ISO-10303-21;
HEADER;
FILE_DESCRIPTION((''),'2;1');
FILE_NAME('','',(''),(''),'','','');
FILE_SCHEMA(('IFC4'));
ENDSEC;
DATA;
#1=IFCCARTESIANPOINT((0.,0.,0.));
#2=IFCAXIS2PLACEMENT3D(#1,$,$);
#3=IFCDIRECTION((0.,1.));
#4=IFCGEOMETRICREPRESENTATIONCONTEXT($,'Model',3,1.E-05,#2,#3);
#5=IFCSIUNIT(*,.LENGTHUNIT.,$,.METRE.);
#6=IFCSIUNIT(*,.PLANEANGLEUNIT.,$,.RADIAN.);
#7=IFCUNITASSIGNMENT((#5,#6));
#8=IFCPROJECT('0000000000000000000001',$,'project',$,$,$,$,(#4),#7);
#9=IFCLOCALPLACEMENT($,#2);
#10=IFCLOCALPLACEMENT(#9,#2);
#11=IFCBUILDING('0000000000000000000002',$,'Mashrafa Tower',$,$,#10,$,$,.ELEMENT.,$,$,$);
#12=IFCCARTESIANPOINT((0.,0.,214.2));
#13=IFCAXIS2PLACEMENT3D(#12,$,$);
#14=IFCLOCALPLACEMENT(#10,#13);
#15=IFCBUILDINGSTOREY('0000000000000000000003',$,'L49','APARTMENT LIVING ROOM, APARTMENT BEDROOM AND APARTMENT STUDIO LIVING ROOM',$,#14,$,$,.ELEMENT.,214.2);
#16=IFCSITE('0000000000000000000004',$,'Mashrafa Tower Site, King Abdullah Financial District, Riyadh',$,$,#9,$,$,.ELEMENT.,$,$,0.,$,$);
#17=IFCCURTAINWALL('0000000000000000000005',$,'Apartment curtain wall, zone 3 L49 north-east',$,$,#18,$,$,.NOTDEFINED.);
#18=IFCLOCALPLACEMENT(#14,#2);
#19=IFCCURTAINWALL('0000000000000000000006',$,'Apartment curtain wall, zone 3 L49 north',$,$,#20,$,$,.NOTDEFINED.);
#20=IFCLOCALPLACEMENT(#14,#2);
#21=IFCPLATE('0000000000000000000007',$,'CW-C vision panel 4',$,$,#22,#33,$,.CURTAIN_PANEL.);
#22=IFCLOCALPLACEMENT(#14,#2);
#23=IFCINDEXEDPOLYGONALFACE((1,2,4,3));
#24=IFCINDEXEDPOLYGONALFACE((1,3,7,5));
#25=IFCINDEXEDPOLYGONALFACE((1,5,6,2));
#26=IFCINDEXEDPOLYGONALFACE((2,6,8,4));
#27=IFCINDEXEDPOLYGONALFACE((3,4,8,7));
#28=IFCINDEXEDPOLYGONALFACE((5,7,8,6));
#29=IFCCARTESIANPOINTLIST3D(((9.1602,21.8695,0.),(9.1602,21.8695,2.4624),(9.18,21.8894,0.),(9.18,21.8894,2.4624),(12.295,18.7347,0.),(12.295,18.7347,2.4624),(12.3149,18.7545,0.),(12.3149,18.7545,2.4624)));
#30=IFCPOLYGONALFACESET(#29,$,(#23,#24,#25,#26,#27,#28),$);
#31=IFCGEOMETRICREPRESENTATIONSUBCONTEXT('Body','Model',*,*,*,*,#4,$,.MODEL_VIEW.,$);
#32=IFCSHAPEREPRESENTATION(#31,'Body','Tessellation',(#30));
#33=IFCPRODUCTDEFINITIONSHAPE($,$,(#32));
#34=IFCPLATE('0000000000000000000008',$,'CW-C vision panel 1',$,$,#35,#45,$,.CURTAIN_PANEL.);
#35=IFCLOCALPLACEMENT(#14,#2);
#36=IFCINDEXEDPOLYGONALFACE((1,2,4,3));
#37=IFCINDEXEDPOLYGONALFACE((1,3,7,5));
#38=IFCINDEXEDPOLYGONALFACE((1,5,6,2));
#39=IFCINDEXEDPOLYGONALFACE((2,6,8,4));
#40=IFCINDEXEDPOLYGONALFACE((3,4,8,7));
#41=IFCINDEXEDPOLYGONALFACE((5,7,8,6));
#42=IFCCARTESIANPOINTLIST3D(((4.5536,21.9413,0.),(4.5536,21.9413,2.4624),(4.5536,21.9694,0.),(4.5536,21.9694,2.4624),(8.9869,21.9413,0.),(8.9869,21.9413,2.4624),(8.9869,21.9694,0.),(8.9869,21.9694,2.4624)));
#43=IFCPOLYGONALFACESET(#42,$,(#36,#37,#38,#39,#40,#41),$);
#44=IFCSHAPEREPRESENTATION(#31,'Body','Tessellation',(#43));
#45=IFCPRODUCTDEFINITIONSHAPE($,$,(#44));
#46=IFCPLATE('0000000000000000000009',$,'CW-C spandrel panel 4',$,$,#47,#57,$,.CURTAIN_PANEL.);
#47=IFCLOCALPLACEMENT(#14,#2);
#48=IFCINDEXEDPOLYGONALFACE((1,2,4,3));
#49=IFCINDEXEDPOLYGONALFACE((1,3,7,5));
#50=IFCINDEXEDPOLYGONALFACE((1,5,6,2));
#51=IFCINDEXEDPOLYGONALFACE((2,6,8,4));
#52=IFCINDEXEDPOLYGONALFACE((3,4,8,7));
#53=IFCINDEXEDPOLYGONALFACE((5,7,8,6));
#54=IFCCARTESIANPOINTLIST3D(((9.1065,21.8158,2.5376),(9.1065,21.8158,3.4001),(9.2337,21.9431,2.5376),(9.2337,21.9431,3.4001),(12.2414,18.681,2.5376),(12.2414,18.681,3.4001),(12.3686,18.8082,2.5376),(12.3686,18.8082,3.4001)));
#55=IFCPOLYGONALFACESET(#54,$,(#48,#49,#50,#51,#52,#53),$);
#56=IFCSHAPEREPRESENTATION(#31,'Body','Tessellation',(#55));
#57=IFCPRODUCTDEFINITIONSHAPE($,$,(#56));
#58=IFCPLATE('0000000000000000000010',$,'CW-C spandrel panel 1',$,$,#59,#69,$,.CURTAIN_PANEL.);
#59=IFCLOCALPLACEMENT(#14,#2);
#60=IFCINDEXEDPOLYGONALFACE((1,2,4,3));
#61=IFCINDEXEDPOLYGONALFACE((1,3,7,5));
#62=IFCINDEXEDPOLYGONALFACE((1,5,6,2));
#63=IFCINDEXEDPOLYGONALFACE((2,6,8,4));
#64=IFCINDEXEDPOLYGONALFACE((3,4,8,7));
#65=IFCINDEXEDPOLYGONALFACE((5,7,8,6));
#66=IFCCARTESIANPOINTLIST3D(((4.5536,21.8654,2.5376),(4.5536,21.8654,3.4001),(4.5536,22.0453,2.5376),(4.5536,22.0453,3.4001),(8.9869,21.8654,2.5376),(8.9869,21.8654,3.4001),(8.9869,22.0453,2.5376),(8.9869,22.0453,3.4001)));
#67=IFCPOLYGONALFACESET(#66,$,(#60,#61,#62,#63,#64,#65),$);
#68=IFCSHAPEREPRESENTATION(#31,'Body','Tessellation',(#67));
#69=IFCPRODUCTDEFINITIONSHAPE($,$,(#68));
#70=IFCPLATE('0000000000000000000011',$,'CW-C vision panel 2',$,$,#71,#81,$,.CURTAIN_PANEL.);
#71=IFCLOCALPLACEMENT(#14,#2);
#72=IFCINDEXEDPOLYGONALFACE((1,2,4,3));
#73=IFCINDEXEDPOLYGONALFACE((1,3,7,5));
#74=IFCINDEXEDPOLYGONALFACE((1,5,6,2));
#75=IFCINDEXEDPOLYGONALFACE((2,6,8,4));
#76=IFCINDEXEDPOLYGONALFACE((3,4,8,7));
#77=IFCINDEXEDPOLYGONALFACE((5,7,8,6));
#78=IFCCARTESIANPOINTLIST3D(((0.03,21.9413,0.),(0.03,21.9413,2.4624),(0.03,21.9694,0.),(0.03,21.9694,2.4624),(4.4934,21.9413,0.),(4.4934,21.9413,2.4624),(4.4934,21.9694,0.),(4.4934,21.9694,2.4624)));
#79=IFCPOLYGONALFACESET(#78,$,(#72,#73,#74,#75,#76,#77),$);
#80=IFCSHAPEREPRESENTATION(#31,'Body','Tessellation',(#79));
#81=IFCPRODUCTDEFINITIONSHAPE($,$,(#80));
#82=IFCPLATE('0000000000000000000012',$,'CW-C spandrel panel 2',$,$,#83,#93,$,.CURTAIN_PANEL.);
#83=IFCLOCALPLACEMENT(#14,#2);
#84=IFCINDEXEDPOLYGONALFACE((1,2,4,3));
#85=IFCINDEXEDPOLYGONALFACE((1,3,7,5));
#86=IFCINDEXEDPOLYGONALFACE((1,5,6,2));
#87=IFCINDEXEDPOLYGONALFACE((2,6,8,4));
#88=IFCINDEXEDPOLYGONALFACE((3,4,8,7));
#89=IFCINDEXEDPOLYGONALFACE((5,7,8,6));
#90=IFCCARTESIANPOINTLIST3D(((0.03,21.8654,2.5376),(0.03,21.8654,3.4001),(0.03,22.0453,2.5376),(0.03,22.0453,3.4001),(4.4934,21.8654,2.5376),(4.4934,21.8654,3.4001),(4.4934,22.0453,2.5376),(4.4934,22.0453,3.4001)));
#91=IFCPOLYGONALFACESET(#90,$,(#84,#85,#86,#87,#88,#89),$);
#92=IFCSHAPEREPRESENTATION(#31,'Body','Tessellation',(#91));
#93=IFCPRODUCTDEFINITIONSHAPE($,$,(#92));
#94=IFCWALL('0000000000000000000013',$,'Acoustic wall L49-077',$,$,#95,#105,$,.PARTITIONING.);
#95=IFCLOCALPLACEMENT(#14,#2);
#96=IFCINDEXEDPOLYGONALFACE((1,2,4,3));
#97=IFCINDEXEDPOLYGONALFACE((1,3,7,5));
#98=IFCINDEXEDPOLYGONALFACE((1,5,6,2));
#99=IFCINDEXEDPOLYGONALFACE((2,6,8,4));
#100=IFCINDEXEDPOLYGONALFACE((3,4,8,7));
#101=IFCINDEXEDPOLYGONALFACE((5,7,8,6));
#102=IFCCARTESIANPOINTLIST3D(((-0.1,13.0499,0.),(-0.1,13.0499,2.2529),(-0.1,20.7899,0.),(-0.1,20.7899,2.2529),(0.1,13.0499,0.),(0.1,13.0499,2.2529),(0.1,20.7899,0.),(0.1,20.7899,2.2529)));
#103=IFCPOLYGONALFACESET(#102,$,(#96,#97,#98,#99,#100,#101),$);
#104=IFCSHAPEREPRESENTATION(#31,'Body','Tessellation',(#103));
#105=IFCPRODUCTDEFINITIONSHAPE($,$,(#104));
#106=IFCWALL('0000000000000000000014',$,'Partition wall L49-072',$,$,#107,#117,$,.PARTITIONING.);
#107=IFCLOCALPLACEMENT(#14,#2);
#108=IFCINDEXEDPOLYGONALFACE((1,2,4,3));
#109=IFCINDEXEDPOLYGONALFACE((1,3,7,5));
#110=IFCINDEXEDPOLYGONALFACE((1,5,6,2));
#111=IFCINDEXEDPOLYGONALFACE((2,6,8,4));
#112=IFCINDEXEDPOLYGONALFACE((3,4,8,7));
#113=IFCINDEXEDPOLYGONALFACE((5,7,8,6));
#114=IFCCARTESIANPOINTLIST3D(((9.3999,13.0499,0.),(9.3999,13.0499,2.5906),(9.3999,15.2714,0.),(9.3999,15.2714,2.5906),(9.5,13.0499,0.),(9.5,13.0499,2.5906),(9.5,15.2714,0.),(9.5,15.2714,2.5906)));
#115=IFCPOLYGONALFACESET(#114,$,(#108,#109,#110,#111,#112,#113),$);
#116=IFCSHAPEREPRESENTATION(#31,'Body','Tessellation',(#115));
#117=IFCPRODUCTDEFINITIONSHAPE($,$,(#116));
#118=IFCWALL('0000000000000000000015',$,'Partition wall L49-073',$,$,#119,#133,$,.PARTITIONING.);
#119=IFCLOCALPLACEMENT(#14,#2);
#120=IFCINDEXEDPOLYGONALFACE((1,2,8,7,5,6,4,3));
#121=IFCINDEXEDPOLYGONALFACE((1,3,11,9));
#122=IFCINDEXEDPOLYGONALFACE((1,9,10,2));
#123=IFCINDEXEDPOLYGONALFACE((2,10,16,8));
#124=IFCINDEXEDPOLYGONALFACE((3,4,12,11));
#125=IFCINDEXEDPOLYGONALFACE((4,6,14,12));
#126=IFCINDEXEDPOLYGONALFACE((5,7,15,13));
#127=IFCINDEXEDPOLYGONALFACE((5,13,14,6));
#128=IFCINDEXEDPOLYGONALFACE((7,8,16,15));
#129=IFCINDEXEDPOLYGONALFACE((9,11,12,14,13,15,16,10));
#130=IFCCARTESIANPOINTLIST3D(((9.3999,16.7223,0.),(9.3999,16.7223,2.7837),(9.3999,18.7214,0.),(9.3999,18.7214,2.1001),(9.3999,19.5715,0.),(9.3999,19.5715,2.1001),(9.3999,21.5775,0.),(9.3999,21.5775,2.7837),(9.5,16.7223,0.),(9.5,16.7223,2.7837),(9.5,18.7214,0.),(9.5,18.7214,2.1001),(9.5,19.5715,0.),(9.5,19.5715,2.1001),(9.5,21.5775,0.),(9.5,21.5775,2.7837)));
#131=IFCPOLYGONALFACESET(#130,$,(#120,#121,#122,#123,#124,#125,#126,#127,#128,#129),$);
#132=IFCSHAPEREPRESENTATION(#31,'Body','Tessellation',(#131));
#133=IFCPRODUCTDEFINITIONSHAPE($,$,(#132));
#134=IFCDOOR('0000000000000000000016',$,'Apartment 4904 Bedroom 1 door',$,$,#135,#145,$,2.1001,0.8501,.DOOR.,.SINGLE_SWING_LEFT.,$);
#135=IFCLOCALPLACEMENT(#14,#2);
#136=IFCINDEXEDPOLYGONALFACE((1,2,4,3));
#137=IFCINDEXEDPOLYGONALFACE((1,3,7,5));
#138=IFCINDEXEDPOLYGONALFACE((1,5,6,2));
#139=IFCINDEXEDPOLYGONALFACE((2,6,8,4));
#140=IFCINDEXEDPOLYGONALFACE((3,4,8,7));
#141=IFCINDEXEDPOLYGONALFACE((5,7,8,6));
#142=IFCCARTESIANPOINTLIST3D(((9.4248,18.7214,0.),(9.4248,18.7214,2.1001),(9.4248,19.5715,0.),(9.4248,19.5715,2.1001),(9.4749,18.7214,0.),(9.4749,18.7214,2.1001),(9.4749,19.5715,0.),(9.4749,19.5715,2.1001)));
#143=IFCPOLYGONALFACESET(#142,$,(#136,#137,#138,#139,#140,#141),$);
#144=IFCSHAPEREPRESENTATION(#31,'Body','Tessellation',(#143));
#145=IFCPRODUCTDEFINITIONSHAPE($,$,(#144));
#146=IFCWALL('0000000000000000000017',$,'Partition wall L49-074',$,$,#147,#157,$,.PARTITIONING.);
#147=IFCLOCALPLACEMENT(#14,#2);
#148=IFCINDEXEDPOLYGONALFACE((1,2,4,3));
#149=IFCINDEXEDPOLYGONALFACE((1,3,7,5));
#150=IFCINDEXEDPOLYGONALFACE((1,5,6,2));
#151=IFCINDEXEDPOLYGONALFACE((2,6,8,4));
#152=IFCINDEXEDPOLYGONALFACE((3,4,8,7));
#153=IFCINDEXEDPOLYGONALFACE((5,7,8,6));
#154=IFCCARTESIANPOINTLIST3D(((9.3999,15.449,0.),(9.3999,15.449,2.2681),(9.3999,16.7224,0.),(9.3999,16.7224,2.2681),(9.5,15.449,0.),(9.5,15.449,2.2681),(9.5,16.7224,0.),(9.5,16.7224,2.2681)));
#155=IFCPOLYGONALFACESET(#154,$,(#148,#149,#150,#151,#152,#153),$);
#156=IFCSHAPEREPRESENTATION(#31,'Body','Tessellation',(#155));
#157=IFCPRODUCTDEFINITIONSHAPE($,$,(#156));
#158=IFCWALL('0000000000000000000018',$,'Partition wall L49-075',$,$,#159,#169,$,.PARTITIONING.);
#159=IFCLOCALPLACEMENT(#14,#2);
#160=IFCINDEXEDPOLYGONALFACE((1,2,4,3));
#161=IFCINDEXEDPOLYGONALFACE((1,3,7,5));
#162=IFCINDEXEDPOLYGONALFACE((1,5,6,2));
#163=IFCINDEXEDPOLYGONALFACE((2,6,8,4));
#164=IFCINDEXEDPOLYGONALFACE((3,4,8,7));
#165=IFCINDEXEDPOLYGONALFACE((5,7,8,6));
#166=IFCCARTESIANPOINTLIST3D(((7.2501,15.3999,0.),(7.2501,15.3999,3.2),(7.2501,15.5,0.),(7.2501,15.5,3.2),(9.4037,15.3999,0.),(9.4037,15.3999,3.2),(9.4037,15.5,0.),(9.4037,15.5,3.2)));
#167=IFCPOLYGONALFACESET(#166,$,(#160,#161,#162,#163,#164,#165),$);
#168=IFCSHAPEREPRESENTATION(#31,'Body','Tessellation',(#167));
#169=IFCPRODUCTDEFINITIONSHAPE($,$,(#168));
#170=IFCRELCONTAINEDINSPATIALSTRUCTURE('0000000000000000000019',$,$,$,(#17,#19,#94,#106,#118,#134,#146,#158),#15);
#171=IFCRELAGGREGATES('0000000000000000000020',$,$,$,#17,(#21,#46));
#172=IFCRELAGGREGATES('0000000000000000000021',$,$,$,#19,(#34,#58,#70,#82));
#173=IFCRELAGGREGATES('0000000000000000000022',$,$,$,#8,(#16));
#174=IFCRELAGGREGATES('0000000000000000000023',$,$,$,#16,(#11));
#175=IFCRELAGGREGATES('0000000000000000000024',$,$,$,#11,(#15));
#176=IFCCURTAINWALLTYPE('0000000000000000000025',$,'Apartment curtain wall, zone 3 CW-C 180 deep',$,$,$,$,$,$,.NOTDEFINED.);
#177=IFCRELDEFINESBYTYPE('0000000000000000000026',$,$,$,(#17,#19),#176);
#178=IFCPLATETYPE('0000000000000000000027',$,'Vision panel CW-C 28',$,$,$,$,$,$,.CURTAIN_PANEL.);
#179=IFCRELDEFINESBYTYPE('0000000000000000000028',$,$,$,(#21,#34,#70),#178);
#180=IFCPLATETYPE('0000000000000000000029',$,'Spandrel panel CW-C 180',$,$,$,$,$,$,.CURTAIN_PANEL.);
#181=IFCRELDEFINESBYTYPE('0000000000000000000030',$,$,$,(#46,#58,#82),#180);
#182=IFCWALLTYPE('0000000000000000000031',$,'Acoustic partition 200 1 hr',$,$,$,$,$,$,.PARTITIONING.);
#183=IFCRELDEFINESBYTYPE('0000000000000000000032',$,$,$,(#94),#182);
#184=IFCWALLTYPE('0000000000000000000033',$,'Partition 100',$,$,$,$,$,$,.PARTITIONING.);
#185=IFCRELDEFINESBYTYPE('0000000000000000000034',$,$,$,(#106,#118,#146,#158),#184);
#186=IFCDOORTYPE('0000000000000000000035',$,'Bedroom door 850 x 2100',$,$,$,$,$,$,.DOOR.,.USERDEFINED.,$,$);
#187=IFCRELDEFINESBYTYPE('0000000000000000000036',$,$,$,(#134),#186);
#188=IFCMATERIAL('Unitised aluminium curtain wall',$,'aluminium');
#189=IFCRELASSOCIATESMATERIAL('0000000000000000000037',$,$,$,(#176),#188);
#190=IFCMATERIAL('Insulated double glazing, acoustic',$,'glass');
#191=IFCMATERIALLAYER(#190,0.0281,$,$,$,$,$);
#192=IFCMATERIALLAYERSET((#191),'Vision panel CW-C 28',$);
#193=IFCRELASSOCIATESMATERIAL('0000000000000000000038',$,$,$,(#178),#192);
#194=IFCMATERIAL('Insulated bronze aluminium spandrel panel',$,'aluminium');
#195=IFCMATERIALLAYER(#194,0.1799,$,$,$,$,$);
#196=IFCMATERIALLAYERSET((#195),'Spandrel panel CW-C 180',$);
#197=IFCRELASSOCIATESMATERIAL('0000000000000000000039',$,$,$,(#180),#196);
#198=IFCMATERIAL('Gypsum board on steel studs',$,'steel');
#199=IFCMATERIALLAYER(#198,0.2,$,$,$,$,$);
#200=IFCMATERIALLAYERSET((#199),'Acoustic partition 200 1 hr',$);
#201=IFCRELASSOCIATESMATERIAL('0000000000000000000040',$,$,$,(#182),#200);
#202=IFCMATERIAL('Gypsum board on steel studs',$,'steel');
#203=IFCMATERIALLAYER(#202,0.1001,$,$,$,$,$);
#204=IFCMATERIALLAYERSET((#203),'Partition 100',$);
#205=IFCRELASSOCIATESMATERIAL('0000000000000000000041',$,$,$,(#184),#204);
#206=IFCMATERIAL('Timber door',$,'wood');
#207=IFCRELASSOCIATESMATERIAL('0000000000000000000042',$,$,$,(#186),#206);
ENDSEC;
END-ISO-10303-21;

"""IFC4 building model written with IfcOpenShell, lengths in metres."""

from ifc_helpers import new_model, si_unit, direction, frame, frame_2d, origin, origin_2d, place, context, subcontext, project, spatial, rectangle, extrude, source, transform, mapped, material, layer, layer_set, type_object, type_shapes, element, fill, aggregate, save


model = new_model("IFC4")

# Units and contexts
model_context = context("Model", 3, precision=1e-05, world=origin(), true_north=direction((0.0, 1.0)))
body_context = subcontext(model_context, "Body", "Model", "MODEL_VIEW")
ifc_project = project(units=[si_unit("LENGTHUNIT", "METRE"), si_unit("PLANEANGLEUNIT", "RADIAN")], contexts=[model_context])

# Site, building, storey
site_placement = place(None, origin())
site = spatial("IfcSite", under=ifc_project, at=site_placement, Name="Mashrafa Tower Site, King Abdullah Financial District, Riyadh", CompositionType="ELEMENT", RefElevation=0.0)
building_placement = place(site_placement, origin())
building = spatial("IfcBuilding", under=site, at=building_placement, Name="Mashrafa Tower", CompositionType="ELEMENT")
storey_placement = place(building_placement, frame((0.0, 0.0, 214.2)))
storey = spatial("IfcBuildingStorey", under=building, at=storey_placement, Name="L49", Description="APARTMENT LIVING ROOM, APARTMENT BEDROOM AND APARTMENT STUDIO LIVING ROOM", CompositionType="ELEMENT", Elevation=214.2)

# Curtain wall
ifc_material_1 = material(Name="Unitised aluminium curtain wall", Category="aluminium")
curtain_wall_type = type_object("IfcCurtainWallType", Name="Apartment curtain wall, zone 3 CW-C 180 deep", PredefinedType="NOTDEFINED", material=ifc_material_1)
curtain_wall_1_placement = place(storey_placement, origin())
curtain_wall_1 = element("IfcCurtainWall", 1, at=curtain_wall_1_placement, inside=storey, type_object=curtain_wall_type, Name="Apartment curtain wall, zone 3 L49 north-east", PredefinedType="NOTDEFINED")

# Curtain wall
curtain_wall_2_placement = place(storey_placement, origin())
curtain_wall_2 = element("IfcCurtainWall", 2, at=curtain_wall_2_placement, inside=storey, type_object=curtain_wall_type, Name="Apartment curtain wall, zone 3 L49 north", PredefinedType="NOTDEFINED")

# Plates
ifc_material_2 = material(Name="Insulated double glazing, acoustic", Category="glass")
ifc_layer_1 = layer(ifc_material_2, 0.0281)
ifc_layer_set_1 = layer_set([ifc_layer_1], Name="Vision panel CW-C 28")
plate_type_1 = type_object("IfcPlateType", Name="Vision panel CW-C 28", PredefinedType="CURTAIN_PANEL", material=ifc_layer_set_1)
shared_shape_1 = source(origin(), body_context, "Body", "SweptSolid", [
    extrude(rectangle(XDim=4.4333, YDim=0.0281, at=origin_2d()), origin(), (0.0, 0.0, 1.0), 2.4624),
])
plate_1_placement = place(storey_placement, frame((10.7375, 20.312, 0.0), z_axis=(0.0, 0.0, 1.0), x_axis=(-0.707107, 0.707107, 0.0)))
plate_1 = element("IfcPlate", 3, at=plate_1_placement, type_object=plate_type_1, Name="CW-C vision panel 4", PredefinedType="CURTAIN_PANEL", context=body_context, shape_type="MappedRepresentation", body=[
    mapped(shared_shape_1, transform((0.0, 0.0, 0.0))),
])
plate_2_placement = place(storey_placement, frame((6.7703, 21.9553, 0.0), z_axis=(0.0, 0.0, 1.0), x_axis=(-1.0, 0.0, 0.0)))
plate_2 = element("IfcPlate", 4, at=plate_2_placement, type_object=plate_type_1, Name="CW-C vision panel 1", PredefinedType="CURTAIN_PANEL", context=body_context, shape_type="MappedRepresentation", body=[
    mapped(shared_shape_1, transform((0.0, 0.0, 0.0))),
])
ifc_material_3 = material(Name="Insulated bronze aluminium spandrel panel", Category="aluminium")
ifc_layer_2 = layer(ifc_material_3, 0.1799)
ifc_layer_set_2 = layer_set([ifc_layer_2], Name="Spandrel panel CW-C 180")
plate_type_2 = type_object("IfcPlateType", Name="Spandrel panel CW-C 180", PredefinedType="CURTAIN_PANEL", material=ifc_layer_set_2)
shared_shape_2 = source(origin(), body_context, "Body", "SweptSolid", [
    extrude(rectangle(XDim=4.4333, YDim=0.1799, at=origin_2d()), origin(), (0.0, 0.0, 1.0), 0.8625),
])
plate_3_placement = place(storey_placement, frame((10.7375, 20.312, 2.5376), z_axis=(0.0, 0.0, 1.0), x_axis=(-0.707107, 0.707107, 0.0)))
plate_3 = element("IfcPlate", 5, at=plate_3_placement, type_object=plate_type_2, Name="CW-C spandrel panel 4", PredefinedType="CURTAIN_PANEL", context=body_context, shape_type="MappedRepresentation", body=[
    mapped(shared_shape_2, transform((0.0, 0.0, 0.0))),
])
aggregate(curtain_wall_1, [plate_1, plate_3])
plate_4_placement = place(storey_placement, frame((6.7703, 21.9553, 2.5376), z_axis=(0.0, 0.0, 1.0), x_axis=(-1.0, 0.0, 0.0)))
plate_4 = element("IfcPlate", 6, at=plate_4_placement, type_object=plate_type_2, Name="CW-C spandrel panel 1", PredefinedType="CURTAIN_PANEL", context=body_context, shape_type="MappedRepresentation", body=[
    mapped(shared_shape_2, transform((0.0, 0.0, 0.0))),
])
shared_shape_3 = source(origin(), body_context, "Body", "SweptSolid", [
    extrude(rectangle(XDim=4.4634, YDim=0.0281, at=origin_2d()), origin(), (0.0, 0.0, 1.0), 2.4624),
])
type_shapes(plate_type_1, [shared_shape_1, shared_shape_3])
plate_5_placement = place(storey_placement, frame((2.2617, 21.9553, 0.0), z_axis=(0.0, 0.0, 1.0), x_axis=(-1.0, 0.0, 0.0)))
plate_5 = element("IfcPlate", 7, at=plate_5_placement, type_object=plate_type_1, Name="CW-C vision panel 2", PredefinedType="CURTAIN_PANEL", context=body_context, shape_type="MappedRepresentation", body=[
    mapped(shared_shape_3, transform((0.0, 0.0, 0.0))),
])
shared_shape_4 = source(origin(), body_context, "Body", "SweptSolid", [
    extrude(rectangle(XDim=4.4634, YDim=0.1799, at=origin_2d()), origin(), (0.0, 0.0, 1.0), 0.8625),
])
type_shapes(plate_type_2, [shared_shape_2, shared_shape_4])
plate_6_placement = place(storey_placement, frame((2.2617, 21.9553, 2.5376), z_axis=(0.0, 0.0, 1.0), x_axis=(-1.0, 0.0, 0.0)))
plate_6 = element("IfcPlate", 8, at=plate_6_placement, type_object=plate_type_2, Name="CW-C spandrel panel 2", PredefinedType="CURTAIN_PANEL", context=body_context, shape_type="MappedRepresentation", body=[
    mapped(shared_shape_4, transform((0.0, 0.0, 0.0))),
])
aggregate(curtain_wall_2, [plate_2, plate_4, plate_5, plate_6])

# Walls
ifc_material_4 = material(Name="Gypsum board on steel studs", Category="steel")
ifc_layer_3 = layer(ifc_material_4, 0.2)
ifc_layer_set_3 = layer_set([ifc_layer_3], Name="Acoustic partition 200 1 hr")
wall_type_1 = type_object("IfcWallType", Name="Acoustic partition 200 1 hr", PredefinedType="PARTITIONING", material=ifc_layer_set_3)
wall_1_placement = place(storey_placement, frame((0.0, 20.79, 0.0), z_axis=(0.0, 0.0, 1.0), x_axis=(0.0, -1.0, 0.0)))
element("IfcWall", 9, at=wall_1_placement, inside=storey, type_object=wall_type_1, Name="Acoustic wall L49-077", PredefinedType="PARTITIONING", context=body_context, shape_type="SweptSolid", body=[
    extrude(rectangle(XDim=7.74, YDim=0.2, at=frame_2d((3.8701, 0.0))), origin(), (0.0, 0.0, 1.0), 2.2529),
])
ifc_material_5 = material(Name="Gypsum board on steel studs", Category="steel")
ifc_layer_4 = layer(ifc_material_5, 0.1001)
ifc_layer_set_4 = layer_set([ifc_layer_4], Name="Partition 100")
wall_type_2 = type_object("IfcWallType", Name="Partition 100", PredefinedType="PARTITIONING", material=ifc_layer_set_4)
wall_2_placement = place(storey_placement, frame((9.45, 15.2715, 0.0), z_axis=(0.0, 0.0, 1.0), x_axis=(0.0, -1.0, 0.0)))
element("IfcWall", 10, at=wall_2_placement, inside=storey, type_object=wall_type_2, Name="Partition wall L49-072", PredefinedType="PARTITIONING", context=body_context, shape_type="SweptSolid", body=[
    extrude(rectangle(XDim=2.2214, YDim=0.1001, at=frame_2d((1.1108, 0.0))), origin(), (0.0, 0.0, 1.0), 2.5906),
])

# Wall, opening, door
wall_3_placement = place(storey_placement, frame((9.45, 21.5776, 0.0), z_axis=(0.0, 0.0, 1.0), x_axis=(0.0, -1.0, 0.0)))
wall_3 = element("IfcWall", 11, at=wall_3_placement, inside=storey, type_object=wall_type_2, Name="Partition wall L49-073", PredefinedType="PARTITIONING", context=body_context, shape_type="SweptSolid", body=[
    extrude(rectangle(XDim=4.8552, YDim=0.1001, at=frame_2d((2.4277, 0.0))), origin(), (0.0, 0.0, 1.0), 2.7837),
])
opening_1_placement = place(wall_3_placement, frame((2.0061, 0.0, 0.0)))
opening_1 = element("IfcOpeningElement", 12, at=opening_1_placement, cuts=wall_3, PredefinedType="OPENING", context=body_context, shape_type="SweptSolid", body=[
    extrude(rectangle(XDim=0.8501, YDim=2.1001, at=frame_2d((0.425, 1.05))), frame((0.0, 0.0601, 0.0), z_axis=(0.0, -1.0, 0.0), x_axis=(1.0, 0.0, 0.0)), (0.0, 0.0, 1.0), 0.1201),
])
ifc_material_6 = material(Name="Timber door", Category="wood")
door_type_1 = type_object("IfcDoorType", Name="Bedroom door 850 x 2100", OperationType="USERDEFINED", PredefinedType="DOOR", material=ifc_material_6)
door_1_placement = place(opening_1_placement, origin())
door_1 = element("IfcDoor", 13, at=door_1_placement, inside=storey, type_object=door_type_1, Name="Apartment 4904 Bedroom 1 door", OperationType="SINGLE_SWING_LEFT", OverallHeight=2.1001, OverallWidth=0.8501, PredefinedType="DOOR", context=body_context, shape_type="SweptSolid", body=[
    extrude(rectangle(XDim=0.8501, YDim=2.1001, at=frame_2d((0.425, 1.05))), frame((0.0, 0.0249, 0.0), z_axis=(0.0, -1.0, 0.0), x_axis=(1.0, 0.0, 0.0)), (0.0, 0.0, 1.0), 0.05),
])
fill(opening_1, door_1)

# Walls
wall_4_placement = place(storey_placement, frame((9.45, 16.7224, 0.0), z_axis=(0.0, 0.0, 1.0), x_axis=(0.0, -1.0, 0.0)))
element("IfcWall", 14, at=wall_4_placement, inside=storey, type_object=wall_type_2, Name="Partition wall L49-074", PredefinedType="PARTITIONING", context=body_context, shape_type="SweptSolid", body=[
    extrude(rectangle(XDim=1.2734, YDim=0.1001, at=frame_2d((0.6367, 0.0))), origin(), (0.0, 0.0, 1.0), 2.2681),
])
wall_5_placement = place(storey_placement, frame((9.4036, 15.45, 0.0), z_axis=(0.0, 0.0, 1.0), x_axis=(-1.0, 0.0, 0.0)))
element("IfcWall", 15, at=wall_5_placement, inside=storey, type_object=wall_type_2, Name="Partition wall L49-075", PredefinedType="PARTITIONING", context=body_context, shape_type="SweptSolid", body=[
    extrude(rectangle(XDim=2.1536, YDim=0.1001, at=frame_2d((1.0767, 0.0))), origin(), (0.0, 0.0, 1.0), 3.2),
])

save(model, "model.ifc")
